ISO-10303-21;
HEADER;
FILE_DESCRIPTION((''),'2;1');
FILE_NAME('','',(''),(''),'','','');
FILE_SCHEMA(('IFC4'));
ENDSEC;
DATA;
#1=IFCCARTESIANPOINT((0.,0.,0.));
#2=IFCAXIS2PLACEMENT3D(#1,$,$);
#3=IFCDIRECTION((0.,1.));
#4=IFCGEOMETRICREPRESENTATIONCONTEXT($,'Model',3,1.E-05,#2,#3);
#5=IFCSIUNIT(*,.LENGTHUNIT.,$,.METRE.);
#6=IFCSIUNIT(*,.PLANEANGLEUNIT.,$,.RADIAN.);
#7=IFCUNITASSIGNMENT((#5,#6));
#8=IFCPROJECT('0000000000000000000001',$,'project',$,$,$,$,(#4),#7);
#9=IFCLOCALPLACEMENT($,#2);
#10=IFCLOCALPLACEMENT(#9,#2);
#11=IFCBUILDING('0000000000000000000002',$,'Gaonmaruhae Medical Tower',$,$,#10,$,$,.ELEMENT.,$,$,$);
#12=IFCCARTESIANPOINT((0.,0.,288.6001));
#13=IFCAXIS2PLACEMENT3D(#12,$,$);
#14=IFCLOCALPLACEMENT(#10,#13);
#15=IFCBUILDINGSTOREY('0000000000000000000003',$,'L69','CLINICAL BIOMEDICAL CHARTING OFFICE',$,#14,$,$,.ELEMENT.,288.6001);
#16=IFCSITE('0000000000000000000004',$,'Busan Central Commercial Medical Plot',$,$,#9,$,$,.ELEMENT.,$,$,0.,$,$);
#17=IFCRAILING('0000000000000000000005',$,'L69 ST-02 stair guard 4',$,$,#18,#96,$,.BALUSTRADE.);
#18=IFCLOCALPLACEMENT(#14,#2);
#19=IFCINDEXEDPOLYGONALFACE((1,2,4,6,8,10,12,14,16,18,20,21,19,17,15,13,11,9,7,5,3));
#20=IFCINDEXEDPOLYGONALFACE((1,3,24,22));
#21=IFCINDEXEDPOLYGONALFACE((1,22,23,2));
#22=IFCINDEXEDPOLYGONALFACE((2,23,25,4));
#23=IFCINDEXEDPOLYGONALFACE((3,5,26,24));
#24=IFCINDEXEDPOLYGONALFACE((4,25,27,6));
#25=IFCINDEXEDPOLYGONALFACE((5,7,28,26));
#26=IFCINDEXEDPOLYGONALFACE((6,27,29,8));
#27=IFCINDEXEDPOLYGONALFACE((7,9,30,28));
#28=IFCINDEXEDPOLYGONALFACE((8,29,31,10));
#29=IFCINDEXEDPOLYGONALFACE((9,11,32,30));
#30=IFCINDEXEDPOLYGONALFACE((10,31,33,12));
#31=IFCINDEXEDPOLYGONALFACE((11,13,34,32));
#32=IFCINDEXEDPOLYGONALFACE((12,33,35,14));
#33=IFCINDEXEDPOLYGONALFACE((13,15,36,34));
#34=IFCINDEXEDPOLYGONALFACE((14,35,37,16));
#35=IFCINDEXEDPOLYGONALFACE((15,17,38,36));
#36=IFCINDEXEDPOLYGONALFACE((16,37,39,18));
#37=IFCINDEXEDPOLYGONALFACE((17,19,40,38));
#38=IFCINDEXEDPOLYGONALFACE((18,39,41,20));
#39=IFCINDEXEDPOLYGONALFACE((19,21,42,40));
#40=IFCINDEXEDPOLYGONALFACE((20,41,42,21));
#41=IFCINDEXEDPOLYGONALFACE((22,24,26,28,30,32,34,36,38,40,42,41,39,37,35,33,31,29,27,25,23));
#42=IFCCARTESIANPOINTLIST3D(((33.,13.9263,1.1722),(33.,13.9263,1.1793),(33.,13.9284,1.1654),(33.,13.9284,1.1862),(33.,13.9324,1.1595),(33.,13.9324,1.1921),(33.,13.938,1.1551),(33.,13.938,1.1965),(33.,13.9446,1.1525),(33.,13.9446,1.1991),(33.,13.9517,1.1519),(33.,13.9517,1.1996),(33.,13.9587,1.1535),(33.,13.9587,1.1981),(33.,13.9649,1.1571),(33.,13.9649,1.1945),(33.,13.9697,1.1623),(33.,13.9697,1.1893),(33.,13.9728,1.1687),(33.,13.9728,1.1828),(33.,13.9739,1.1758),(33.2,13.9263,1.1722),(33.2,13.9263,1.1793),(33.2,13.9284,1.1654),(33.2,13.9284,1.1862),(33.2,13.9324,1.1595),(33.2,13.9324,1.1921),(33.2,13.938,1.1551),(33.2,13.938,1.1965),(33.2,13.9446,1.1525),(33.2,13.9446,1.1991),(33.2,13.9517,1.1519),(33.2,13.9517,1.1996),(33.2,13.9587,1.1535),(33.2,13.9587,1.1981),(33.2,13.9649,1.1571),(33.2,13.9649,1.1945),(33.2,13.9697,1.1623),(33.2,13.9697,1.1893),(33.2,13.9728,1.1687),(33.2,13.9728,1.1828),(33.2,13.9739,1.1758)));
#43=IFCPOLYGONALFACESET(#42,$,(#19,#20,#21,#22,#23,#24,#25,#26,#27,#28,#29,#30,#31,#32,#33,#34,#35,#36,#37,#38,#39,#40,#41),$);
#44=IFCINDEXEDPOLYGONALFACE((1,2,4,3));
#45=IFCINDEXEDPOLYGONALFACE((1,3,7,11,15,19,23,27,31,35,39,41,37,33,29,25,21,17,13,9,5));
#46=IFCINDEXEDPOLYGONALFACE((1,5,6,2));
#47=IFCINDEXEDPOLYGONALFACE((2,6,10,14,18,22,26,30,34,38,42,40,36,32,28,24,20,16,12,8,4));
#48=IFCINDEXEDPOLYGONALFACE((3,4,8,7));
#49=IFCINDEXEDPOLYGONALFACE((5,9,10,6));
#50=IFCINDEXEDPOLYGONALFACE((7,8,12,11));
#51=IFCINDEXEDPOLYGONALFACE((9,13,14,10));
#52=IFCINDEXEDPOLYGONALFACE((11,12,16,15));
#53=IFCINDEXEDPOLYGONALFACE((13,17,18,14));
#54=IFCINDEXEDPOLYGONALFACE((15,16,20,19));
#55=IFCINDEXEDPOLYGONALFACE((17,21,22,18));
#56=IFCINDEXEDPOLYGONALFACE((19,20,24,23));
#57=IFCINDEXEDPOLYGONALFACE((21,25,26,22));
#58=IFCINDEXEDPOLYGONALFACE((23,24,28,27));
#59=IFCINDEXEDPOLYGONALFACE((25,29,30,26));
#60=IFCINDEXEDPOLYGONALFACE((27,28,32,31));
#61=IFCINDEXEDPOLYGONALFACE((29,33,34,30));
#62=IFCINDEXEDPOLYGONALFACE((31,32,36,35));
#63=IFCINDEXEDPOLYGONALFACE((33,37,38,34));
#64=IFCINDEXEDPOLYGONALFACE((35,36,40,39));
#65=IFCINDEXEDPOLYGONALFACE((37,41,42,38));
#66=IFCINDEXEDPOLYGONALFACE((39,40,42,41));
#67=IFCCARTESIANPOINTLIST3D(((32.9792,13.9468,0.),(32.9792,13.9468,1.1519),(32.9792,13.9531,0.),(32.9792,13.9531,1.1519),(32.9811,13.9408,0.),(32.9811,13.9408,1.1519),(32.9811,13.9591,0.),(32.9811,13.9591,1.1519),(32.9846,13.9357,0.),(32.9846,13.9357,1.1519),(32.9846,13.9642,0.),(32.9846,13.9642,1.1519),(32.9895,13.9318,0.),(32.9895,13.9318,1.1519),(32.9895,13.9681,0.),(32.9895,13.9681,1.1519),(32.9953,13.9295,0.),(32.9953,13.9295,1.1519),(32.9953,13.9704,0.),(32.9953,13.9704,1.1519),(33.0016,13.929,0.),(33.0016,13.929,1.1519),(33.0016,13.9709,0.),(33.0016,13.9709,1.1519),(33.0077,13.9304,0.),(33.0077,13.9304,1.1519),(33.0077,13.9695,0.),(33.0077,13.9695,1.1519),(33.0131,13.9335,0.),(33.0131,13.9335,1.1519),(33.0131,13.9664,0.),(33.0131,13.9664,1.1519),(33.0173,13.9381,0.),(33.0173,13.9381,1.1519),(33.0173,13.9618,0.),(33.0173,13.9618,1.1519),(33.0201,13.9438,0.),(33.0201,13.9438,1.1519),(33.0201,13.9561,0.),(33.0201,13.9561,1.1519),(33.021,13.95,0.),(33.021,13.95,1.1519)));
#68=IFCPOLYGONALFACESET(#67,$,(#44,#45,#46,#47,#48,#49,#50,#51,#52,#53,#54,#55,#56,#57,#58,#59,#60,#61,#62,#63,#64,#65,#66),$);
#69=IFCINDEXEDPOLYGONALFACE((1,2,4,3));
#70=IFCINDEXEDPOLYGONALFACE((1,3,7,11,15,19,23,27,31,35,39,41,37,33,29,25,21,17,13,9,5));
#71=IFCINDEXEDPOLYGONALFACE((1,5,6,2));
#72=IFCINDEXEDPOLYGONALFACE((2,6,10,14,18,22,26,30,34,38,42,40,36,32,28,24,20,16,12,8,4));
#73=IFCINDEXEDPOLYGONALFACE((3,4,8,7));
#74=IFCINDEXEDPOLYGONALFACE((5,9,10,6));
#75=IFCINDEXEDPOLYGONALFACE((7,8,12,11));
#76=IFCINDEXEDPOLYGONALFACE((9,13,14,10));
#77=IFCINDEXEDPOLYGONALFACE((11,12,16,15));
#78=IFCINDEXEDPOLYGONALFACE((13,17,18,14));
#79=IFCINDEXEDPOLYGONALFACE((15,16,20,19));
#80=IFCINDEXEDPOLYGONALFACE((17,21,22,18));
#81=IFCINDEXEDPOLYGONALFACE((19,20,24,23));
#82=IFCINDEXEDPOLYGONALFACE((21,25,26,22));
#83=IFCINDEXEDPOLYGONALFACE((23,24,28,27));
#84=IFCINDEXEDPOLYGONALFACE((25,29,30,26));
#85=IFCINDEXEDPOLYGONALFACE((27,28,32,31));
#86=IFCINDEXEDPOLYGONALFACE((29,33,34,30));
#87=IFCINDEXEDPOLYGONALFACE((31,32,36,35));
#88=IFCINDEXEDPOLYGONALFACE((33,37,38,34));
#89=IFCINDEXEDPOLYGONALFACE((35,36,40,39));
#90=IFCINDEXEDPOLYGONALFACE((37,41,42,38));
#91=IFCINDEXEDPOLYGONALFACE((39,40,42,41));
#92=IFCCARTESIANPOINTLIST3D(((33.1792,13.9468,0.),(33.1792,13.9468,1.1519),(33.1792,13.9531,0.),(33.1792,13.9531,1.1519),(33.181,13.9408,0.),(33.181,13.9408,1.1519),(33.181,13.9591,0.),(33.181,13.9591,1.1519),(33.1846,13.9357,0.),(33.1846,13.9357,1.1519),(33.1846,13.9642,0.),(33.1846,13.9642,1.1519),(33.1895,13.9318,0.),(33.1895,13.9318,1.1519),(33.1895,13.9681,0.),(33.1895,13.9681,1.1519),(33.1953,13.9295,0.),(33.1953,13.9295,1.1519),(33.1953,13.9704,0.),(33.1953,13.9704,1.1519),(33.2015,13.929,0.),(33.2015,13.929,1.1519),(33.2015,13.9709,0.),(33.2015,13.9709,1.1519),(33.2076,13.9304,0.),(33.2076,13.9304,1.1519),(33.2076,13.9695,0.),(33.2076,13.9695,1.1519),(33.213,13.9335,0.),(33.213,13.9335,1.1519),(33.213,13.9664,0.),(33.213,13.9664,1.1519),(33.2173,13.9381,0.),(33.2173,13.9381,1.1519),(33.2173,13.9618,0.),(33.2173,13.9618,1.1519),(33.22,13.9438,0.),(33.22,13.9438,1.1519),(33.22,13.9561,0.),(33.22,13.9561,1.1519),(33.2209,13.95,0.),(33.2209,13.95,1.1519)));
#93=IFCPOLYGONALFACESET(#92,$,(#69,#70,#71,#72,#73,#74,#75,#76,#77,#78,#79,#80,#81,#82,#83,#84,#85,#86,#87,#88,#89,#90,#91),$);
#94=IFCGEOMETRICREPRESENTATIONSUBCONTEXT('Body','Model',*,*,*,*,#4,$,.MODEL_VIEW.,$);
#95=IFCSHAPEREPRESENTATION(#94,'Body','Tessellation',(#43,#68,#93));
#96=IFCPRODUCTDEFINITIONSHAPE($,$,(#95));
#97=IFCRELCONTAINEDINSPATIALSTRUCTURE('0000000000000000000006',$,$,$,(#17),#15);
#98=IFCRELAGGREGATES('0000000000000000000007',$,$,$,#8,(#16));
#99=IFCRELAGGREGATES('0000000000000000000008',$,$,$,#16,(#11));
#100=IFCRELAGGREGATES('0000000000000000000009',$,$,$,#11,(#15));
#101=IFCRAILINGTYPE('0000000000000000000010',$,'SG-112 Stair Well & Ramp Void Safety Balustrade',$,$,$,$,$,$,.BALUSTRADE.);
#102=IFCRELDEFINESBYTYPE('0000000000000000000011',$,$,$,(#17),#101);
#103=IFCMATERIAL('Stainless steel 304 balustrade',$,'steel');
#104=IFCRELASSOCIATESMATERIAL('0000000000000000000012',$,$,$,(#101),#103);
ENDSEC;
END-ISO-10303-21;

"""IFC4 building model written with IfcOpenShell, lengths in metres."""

from ifc_helpers import new_model, si_unit, direction, frame, origin, origin_2d, place, context, subcontext, project, spatial, circle, extrude, material, type_object, element, save


model = new_model("IFC4")

# Units and contexts
model_context = context("Model", 3, precision=1e-05, world=origin(), true_north=direction((0.0, 1.0)))
body_context = subcontext(model_context, "Body", "Model", "MODEL_VIEW")
ifc_project = project(units=[si_unit("LENGTHUNIT", "METRE"), si_unit("PLANEANGLEUNIT", "RADIAN")], contexts=[model_context])

# Site, building, storey
site_placement = place(None, origin())
site = spatial("IfcSite", under=ifc_project, at=site_placement, Name="Busan Central Commercial Medical Plot", CompositionType="ELEMENT", RefElevation=0.0)
building_placement = place(site_placement, origin())
building = spatial("IfcBuilding", under=site, at=building_placement, Name="Gaonmaruhae Medical Tower", CompositionType="ELEMENT")
storey_placement = place(building_placement, frame((0.0, 0.0, 288.6001)))
storey = spatial("IfcBuildingStorey", under=building, at=storey_placement, Name="L69", Description="CLINICAL BIOMEDICAL CHARTING OFFICE", CompositionType="ELEMENT", Elevation=288.6001)

# Railing
ifc_material_1 = material(Name="Stainless steel 304 balustrade", Category="steel")
railing_type_1 = type_object("IfcRailingType", Name="SG-112 Stair Well & Ramp Void Safety Balustrade", PredefinedType="BALUSTRADE", material=ifc_material_1)
railing_1_placement = place(storey_placement, frame((33.0, 13.95, 0.0)))
element("IfcRailing", 1, at=railing_1_placement, inside=storey, type_object=railing_type_1, Name="L69 ST-02 stair guard 4", PredefinedType="BALUSTRADE", context=body_context, shape_type="SweptSolid", body=[
    extrude(circle(Radius=0.0239, at=origin_2d()), frame((0.0, 0.0, 1.1758), z_axis=(1.0, 0.0, 0.0), x_axis=(0.0, 1.0, 0.0)), (0.0, 0.0, 1.0), 0.2),
    extrude(circle(Radius=0.021, at=origin_2d()), origin(), (0.0, 0.0, 1.0), 1.1519),
    extrude(circle(Radius=0.021, at=origin_2d()), frame((0.2, 0.0, 0.0)), (0.0, 0.0, 1.0), 1.1519),
])

save(model, "model.ifc")
